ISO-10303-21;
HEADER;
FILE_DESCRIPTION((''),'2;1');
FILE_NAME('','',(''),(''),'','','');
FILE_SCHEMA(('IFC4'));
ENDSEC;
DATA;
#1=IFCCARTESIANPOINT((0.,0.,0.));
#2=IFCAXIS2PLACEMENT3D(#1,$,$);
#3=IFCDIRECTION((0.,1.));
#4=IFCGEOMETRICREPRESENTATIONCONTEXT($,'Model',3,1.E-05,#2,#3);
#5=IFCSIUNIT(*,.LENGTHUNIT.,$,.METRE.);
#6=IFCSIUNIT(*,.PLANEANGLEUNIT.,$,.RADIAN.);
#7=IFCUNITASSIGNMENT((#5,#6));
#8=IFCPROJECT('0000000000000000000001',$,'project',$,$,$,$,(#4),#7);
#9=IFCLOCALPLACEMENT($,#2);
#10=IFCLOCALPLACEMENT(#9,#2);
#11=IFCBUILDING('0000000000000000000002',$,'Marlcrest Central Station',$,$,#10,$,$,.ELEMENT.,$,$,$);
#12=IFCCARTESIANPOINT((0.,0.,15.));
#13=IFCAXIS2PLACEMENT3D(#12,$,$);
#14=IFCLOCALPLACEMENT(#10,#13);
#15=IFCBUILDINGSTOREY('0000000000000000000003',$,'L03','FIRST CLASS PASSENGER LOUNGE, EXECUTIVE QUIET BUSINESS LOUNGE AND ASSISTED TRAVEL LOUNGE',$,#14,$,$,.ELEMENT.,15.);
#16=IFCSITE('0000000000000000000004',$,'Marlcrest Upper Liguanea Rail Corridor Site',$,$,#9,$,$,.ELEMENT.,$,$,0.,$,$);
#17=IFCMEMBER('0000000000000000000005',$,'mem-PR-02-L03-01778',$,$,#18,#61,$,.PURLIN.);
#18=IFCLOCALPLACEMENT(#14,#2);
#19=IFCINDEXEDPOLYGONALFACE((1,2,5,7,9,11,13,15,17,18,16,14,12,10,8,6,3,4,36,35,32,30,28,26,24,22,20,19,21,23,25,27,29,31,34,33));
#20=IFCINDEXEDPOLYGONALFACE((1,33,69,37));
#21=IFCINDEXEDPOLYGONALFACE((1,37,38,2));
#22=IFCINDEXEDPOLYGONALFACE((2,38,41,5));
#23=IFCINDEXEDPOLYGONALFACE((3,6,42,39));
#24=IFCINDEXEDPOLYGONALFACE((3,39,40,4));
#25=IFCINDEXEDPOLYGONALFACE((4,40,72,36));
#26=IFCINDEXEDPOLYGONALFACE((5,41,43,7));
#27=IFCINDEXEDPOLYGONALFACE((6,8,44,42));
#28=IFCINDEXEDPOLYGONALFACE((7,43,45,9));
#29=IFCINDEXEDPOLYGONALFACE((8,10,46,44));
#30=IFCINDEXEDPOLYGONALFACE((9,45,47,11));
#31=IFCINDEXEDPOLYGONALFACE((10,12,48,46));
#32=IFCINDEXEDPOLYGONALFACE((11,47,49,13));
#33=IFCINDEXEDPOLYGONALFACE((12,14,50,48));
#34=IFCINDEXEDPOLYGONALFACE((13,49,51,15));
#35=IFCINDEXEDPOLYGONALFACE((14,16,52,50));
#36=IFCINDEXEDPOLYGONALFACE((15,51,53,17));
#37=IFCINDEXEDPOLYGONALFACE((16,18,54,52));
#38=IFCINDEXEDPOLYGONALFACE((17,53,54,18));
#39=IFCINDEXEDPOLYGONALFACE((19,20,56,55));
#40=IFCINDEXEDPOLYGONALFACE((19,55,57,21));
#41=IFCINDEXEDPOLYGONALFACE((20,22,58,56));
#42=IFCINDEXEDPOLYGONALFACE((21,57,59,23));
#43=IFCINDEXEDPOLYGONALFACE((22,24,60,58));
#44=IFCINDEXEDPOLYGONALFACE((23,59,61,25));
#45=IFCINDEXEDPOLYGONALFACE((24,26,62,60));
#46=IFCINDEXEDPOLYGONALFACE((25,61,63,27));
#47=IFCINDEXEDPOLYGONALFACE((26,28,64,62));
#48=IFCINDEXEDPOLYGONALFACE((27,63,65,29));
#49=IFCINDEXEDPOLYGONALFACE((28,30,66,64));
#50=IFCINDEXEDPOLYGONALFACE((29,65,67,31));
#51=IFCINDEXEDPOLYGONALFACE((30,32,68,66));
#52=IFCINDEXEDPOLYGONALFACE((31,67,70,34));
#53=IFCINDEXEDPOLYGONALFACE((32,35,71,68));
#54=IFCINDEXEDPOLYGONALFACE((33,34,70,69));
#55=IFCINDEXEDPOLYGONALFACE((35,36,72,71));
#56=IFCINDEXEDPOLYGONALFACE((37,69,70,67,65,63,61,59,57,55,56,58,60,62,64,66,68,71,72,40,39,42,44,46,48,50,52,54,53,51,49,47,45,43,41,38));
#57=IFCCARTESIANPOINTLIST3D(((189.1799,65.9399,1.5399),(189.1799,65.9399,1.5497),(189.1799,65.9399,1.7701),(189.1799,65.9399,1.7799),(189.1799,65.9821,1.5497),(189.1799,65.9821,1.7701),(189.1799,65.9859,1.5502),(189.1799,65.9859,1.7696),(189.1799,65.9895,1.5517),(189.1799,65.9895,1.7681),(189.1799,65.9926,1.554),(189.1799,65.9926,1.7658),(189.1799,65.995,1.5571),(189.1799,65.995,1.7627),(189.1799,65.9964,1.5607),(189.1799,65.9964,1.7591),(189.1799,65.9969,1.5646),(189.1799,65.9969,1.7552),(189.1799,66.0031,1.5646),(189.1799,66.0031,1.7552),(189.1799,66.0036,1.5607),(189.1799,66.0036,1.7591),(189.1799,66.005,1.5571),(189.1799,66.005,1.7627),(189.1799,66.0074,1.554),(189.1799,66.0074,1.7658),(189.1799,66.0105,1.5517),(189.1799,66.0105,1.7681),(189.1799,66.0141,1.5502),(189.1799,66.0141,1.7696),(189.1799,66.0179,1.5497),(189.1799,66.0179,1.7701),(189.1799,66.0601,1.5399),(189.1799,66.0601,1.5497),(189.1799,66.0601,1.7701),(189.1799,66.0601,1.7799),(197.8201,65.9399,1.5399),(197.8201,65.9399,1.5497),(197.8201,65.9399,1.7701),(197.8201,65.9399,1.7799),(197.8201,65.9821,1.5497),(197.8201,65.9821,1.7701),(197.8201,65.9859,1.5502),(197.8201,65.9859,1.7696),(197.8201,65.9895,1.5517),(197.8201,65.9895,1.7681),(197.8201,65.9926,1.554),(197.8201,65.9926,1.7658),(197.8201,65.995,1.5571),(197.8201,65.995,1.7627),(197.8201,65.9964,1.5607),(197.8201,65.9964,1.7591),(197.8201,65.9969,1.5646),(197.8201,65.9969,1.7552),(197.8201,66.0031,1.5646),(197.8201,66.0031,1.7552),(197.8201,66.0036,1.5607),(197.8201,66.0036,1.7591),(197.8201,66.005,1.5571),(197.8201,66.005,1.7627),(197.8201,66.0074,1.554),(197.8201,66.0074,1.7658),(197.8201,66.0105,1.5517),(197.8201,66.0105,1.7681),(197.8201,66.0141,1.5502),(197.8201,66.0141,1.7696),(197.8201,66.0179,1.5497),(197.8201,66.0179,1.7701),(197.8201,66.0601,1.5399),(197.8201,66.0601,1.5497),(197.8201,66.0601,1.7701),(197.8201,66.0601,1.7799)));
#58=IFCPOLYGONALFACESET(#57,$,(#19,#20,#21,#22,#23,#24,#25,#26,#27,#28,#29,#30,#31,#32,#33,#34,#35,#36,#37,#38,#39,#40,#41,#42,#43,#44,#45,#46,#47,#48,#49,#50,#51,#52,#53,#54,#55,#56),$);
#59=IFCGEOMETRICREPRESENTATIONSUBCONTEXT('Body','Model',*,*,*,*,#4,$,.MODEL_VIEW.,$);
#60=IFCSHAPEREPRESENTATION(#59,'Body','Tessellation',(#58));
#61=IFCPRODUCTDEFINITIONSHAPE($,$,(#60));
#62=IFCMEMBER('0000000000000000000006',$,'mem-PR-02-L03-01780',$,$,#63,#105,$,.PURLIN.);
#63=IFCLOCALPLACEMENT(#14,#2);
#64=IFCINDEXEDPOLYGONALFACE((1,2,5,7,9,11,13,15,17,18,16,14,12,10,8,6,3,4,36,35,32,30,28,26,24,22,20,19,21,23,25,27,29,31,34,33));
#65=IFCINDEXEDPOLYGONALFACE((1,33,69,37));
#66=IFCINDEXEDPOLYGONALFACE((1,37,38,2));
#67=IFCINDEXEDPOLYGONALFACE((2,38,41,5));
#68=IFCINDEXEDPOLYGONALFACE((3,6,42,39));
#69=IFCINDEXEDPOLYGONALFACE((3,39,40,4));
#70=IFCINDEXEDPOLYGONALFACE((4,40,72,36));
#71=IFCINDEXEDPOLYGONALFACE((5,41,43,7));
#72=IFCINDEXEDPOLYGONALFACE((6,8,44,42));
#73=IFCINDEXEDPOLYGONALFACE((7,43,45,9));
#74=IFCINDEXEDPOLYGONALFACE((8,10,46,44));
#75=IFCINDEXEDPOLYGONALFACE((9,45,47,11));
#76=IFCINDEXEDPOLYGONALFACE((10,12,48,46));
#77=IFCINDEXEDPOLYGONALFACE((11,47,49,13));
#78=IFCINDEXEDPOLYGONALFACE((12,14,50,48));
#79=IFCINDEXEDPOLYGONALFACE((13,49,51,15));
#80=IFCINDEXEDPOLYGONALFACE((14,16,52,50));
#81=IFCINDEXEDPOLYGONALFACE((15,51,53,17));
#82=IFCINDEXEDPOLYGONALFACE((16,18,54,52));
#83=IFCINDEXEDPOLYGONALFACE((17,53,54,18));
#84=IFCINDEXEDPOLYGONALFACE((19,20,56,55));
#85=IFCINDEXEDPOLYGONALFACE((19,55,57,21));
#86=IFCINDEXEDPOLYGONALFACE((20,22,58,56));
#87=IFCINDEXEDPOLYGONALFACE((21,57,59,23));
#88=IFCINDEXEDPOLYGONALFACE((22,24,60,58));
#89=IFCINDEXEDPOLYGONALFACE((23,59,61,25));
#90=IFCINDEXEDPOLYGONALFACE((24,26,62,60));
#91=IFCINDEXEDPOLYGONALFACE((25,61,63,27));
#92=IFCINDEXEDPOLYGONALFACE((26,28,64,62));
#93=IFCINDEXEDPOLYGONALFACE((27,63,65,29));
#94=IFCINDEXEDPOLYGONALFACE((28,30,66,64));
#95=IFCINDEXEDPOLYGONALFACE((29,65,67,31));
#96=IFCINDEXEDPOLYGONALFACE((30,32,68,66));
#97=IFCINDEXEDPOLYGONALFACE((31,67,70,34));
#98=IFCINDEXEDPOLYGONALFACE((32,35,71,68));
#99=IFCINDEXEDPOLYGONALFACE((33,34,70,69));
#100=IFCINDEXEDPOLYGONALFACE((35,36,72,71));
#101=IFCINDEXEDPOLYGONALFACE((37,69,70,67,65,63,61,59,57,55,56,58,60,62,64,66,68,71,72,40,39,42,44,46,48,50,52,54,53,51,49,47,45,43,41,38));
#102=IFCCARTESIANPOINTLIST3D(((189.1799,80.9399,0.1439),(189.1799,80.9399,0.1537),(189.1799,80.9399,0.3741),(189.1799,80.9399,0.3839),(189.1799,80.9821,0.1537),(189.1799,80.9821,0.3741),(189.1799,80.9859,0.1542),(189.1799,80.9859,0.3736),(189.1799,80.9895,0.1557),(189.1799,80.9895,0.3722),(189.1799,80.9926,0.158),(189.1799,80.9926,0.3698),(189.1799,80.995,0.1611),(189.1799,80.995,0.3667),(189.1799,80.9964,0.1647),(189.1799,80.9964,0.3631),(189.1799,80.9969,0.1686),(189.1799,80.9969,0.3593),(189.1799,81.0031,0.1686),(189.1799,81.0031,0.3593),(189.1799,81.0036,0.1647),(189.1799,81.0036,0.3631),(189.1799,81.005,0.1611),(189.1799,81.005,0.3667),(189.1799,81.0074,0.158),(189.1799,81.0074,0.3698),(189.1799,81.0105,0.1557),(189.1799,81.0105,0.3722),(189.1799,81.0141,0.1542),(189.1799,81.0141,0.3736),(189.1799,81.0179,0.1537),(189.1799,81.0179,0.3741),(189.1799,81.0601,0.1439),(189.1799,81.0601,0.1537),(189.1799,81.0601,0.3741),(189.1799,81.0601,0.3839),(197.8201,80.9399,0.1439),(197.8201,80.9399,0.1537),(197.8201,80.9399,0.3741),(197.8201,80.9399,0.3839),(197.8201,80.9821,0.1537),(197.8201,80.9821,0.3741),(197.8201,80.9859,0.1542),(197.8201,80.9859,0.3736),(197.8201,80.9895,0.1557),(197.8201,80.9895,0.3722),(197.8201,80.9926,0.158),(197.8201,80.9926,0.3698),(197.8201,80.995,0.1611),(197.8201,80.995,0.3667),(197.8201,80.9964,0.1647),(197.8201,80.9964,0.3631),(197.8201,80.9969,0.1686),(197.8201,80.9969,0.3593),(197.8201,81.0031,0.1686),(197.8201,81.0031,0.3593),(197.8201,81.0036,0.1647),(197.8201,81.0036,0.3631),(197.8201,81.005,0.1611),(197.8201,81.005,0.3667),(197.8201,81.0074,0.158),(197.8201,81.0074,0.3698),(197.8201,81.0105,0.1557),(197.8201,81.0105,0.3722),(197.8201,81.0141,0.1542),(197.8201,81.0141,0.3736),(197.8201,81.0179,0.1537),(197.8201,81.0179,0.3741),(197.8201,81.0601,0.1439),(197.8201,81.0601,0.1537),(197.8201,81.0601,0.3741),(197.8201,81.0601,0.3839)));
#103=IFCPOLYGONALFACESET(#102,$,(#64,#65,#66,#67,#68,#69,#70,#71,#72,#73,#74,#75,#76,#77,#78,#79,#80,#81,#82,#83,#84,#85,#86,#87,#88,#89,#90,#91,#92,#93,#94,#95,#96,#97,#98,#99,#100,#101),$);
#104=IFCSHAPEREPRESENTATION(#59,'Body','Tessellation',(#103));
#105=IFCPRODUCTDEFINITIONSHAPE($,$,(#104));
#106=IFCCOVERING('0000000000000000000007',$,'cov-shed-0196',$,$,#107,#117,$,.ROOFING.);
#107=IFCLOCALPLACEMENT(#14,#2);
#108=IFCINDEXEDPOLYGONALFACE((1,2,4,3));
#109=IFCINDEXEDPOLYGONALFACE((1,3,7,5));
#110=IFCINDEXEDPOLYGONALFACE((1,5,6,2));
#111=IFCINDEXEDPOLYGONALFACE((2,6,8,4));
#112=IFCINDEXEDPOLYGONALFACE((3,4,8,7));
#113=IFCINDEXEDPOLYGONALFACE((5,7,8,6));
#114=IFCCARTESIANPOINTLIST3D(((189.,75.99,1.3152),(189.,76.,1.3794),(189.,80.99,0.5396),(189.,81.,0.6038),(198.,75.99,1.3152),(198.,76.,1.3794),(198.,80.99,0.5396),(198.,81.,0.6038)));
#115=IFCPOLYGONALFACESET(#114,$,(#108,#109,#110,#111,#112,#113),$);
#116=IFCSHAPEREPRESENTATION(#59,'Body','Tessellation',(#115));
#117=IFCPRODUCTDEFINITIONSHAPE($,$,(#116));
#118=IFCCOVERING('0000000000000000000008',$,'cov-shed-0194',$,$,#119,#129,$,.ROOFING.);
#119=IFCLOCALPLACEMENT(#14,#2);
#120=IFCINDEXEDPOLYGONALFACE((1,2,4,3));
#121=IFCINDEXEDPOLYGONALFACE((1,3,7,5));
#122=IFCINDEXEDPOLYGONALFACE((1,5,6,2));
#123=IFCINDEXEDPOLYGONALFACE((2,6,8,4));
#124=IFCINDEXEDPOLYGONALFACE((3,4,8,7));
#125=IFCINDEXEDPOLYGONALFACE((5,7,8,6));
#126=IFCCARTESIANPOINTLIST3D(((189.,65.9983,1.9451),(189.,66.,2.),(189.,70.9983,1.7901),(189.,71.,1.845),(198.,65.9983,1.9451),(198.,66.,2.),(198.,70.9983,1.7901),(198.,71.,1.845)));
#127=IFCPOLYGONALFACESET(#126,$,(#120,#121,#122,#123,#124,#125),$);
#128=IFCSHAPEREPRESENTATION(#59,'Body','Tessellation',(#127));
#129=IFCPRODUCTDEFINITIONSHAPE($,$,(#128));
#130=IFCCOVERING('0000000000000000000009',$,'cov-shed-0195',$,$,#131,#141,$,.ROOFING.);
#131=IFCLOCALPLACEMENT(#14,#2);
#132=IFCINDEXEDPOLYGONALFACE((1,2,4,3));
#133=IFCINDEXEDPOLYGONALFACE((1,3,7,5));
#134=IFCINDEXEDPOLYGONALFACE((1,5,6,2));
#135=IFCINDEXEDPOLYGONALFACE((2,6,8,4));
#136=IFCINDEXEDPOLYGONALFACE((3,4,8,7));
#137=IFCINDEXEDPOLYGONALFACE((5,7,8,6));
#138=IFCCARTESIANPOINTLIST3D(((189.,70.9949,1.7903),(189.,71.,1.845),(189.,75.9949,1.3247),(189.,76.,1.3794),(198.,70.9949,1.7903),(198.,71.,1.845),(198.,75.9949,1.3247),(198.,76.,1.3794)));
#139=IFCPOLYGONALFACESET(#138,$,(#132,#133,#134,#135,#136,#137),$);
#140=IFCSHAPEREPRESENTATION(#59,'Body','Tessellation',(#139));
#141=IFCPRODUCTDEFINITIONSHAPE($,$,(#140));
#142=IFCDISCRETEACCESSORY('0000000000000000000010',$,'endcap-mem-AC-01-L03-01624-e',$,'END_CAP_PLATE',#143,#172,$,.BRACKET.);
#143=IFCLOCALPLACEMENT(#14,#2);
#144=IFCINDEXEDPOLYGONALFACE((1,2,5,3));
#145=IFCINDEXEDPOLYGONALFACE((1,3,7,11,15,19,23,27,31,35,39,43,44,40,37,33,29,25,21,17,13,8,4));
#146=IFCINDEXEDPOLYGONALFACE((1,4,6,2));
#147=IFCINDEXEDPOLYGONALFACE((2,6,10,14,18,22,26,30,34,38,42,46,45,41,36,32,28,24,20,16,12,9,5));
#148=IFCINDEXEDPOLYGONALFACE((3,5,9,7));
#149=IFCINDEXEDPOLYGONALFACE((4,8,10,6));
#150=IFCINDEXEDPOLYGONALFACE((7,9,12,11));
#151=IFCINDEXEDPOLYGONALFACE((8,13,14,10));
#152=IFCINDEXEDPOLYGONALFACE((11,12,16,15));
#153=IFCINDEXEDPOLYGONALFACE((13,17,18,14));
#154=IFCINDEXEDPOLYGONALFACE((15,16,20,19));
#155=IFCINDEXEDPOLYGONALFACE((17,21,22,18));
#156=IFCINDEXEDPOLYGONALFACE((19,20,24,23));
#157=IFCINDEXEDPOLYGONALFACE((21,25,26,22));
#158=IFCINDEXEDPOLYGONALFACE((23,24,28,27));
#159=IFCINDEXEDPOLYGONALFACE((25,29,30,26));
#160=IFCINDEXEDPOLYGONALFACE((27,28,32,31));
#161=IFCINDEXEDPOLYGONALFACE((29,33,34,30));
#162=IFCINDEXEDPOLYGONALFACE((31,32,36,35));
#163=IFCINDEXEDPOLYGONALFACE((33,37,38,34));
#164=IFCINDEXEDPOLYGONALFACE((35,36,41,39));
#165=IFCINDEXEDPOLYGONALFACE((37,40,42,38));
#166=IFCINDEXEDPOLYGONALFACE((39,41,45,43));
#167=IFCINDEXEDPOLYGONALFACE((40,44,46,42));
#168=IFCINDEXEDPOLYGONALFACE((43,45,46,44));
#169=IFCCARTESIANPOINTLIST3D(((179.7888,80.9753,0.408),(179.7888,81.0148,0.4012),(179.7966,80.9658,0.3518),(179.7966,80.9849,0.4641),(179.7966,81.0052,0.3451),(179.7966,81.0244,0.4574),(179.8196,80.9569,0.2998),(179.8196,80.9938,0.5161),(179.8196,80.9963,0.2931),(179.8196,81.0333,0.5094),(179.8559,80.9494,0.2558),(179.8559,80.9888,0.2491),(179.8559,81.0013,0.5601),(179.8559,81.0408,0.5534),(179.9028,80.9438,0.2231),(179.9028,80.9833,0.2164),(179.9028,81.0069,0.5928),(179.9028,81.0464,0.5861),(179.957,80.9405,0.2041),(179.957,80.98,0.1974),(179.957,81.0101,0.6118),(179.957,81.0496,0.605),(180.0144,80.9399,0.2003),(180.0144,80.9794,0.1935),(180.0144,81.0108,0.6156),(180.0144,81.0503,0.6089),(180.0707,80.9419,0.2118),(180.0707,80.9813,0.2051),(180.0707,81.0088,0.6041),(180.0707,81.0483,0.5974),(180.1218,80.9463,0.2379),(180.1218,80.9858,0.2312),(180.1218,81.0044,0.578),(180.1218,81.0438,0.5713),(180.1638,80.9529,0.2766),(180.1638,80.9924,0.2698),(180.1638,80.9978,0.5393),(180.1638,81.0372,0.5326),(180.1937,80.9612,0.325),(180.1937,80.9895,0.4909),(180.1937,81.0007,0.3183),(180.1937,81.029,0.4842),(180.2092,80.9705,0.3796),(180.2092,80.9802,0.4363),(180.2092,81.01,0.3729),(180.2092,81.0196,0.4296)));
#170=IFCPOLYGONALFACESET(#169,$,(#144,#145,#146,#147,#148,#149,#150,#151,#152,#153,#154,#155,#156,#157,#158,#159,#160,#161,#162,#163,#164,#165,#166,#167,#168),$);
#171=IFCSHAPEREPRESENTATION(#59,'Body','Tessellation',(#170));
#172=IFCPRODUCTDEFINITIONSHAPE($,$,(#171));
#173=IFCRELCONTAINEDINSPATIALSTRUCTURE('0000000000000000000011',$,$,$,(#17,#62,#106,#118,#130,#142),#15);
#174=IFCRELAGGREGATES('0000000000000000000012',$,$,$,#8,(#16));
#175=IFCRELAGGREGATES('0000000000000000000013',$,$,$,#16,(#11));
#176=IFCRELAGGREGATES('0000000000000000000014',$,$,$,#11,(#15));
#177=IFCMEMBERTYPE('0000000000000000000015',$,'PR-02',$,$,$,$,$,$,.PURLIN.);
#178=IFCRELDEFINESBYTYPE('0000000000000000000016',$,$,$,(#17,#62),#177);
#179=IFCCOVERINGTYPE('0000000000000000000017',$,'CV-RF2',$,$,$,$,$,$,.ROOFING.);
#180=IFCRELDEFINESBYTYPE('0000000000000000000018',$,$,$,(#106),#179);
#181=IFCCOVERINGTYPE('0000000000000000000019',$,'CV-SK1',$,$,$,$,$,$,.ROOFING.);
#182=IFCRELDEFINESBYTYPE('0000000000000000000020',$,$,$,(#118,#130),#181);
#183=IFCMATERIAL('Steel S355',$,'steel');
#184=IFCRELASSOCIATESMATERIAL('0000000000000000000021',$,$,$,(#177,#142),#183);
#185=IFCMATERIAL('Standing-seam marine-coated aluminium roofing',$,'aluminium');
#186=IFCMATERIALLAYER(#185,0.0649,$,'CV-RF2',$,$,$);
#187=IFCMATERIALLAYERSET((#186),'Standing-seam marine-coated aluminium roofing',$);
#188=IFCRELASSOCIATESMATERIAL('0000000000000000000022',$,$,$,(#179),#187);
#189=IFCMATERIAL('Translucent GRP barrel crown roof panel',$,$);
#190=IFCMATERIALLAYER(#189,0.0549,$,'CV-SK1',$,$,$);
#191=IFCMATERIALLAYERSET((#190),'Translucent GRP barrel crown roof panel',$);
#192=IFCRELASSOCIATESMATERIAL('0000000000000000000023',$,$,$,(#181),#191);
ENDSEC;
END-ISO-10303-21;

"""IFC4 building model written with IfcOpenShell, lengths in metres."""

from ifc_helpers import new_model, si_unit, direction, frame, origin, origin_2d, place, context, subcontext, project, spatial, polyline, circle, i_section, outline, extrude, material, layer, layer_set, material_profile, profile_set, type_object, element, save


model = new_model("IFC4")

# Units and contexts
model_context = context("Model", 3, precision=1e-05, world=origin(), true_north=direction((0.0, 1.0)))
body_context = subcontext(model_context, "Body", "Model", "MODEL_VIEW")
ifc_project = project(units=[si_unit("LENGTHUNIT", "METRE"), si_unit("PLANEANGLEUNIT", "RADIAN")], contexts=[model_context])

# Site, building, storey
site_placement = place(None, origin())
site = spatial("IfcSite", under=ifc_project, at=site_placement, Name="Marlcrest Upper Liguanea Rail Corridor Site", CompositionType="ELEMENT", RefElevation=0.0)
building_placement = place(site_placement, origin())
building = spatial("IfcBuilding", under=site, at=building_placement, Name="Marlcrest Central Station", CompositionType="ELEMENT")
storey_placement = place(building_placement, frame((0.0, 0.0, 15.0)))
storey = spatial("IfcBuildingStorey", under=building, at=storey_placement, Name="L03", Description="FIRST CLASS PASSENGER LOUNGE, EXECUTIVE QUIET BUSINESS LOUNGE AND ASSISTED TRAVEL LOUNGE", CompositionType="ELEMENT", Elevation=15.0)

# Members
ifc_material_1 = material(Name="Steel S355", Category="steel")
ifc_material_profile_1 = material_profile(ifc_material_1, i_section(OverallWidth=0.1201, OverallDepth=0.24, WebThickness=0.0061, FlangeThickness=0.0098, FilletRadius=0.0149, at=origin_2d()), Name="IPE 240")
ifc_profile_set_1 = profile_set([ifc_material_profile_1], Name="Steel S355")
member_type_1 = type_object("IfcMemberType", Name="PR-02", PredefinedType="PURLIN", material=ifc_profile_set_1)
for number, where, z_axis, x_axis, name in (
    (1, (189.1799, 66.0, 1.6599), (1.0, 0.0, 0.0), (0.0, 1.0, 0.0), "mem-PR-02-L03-01778"),
    (2, (189.1799, 81.0, 0.2639), (1.0, 0.0, 0.0), (0.0, 1.0, 0.0), "mem-PR-02-L03-01780"),
):
    element("IfcMember", number, at=place(storey_placement, frame(where, z_axis=z_axis, x_axis=x_axis)), inside=storey, type_object=member_type_1, Name=name, PredefinedType="PURLIN", context=body_context, shape_type="SweptSolid", body=[
        extrude(i_section(OverallWidth=0.1201, OverallDepth=0.24, WebThickness=0.0061, FlangeThickness=0.0098, FilletRadius=0.0149, at=origin_2d()), origin(), (0.0, 0.0, 1.0), 8.6401),
    ])

# Coverings
ifc_material_2 = material(Name="Standing-seam marine-coated aluminium roofing", Category="aluminium")
ifc_layer_1 = layer(ifc_material_2, 0.0649, Name="CV-RF2")
ifc_layer_set_1 = layer_set([ifc_layer_1], Name="Standing-seam marine-coated aluminium roofing")
covering_type_1 = type_object("IfcCoveringType", Name="CV-RF2", PredefinedType="ROOFING", material=ifc_layer_set_1)
covering_1_placement = place(storey_placement, frame((189.0, 76.0, 1.3794), z_axis=(0.0, 0.153293, 0.988181), x_axis=(1.0, 0.0, 0.0)))
element("IfcCovering", 3, at=covering_1_placement, inside=storey, type_object=covering_type_1, Name="cov-shed-0196", PredefinedType="ROOFING", context=body_context, shape_type="SweptSolid", body=[
    extrude(outline(polyline([(0.0, 0.0), (9.0, 0.0), (9.0, 5.0598), (0.0, 5.0598), (0.0, 0.0)])), origin(), (0.0, 0.0, -1.0), 0.0649),
])
ifc_material_3 = material(Name="Translucent GRP barrel crown roof panel")
ifc_layer_2 = layer(ifc_material_3, 0.0549, Name="CV-SK1")
ifc_layer_set_2 = layer_set([ifc_layer_2], Name="Translucent GRP barrel crown roof panel")
covering_type_2 = type_object("IfcCoveringType", Name="CV-SK1", PredefinedType="ROOFING", material=ifc_layer_set_2)
covering_2_placement = place(storey_placement, frame((189.0, 66.0, 2.0), z_axis=(0.0, 0.030991, 0.99952), x_axis=(1.0, 0.0, 0.0)))
element("IfcCovering", 4, at=covering_2_placement, inside=storey, type_object=covering_type_2, Name="cov-shed-0194", PredefinedType="ROOFING", context=body_context, shape_type="SweptSolid", body=[
    extrude(outline(polyline([(0.0, 0.0), (9.0, 0.0), (9.0, 5.0024), (0.0, 5.0024), (0.0, 0.0)])), origin(), (0.0, 0.0, -1.0), 0.0549),
])
covering_3_placement = place(storey_placement, frame((189.0, 71.0, 1.845), z_axis=(0.0, 0.092714, 0.995693), x_axis=(1.0, 0.0, 0.0)))
element("IfcCovering", 5, at=covering_3_placement, inside=storey, type_object=covering_type_2, Name="cov-shed-0195", PredefinedType="ROOFING", context=body_context, shape_type="SweptSolid", body=[
    extrude(outline(polyline([(0.0, 0.0), (9.0, 0.0), (9.0, 5.0216), (0.0, 5.0216), (0.0, 0.0)])), origin(), (0.0, 0.0, -1.0), 0.0549),
])

# Discrete accessory
for number, where, z_axis, x_axis, name in (
    (6, (180.0, 80.9753, 0.408), (0.0, 0.985741, -0.168269), (-1.0, 0.0, 0.0), "endcap-mem-AC-01-L03-01624-e"),
):
    element("IfcDiscreteAccessory", number, at=place(storey_placement, frame(where, z_axis=z_axis, x_axis=x_axis)), inside=storey, material=ifc_material_1, Name=name, ObjectType="END_CAP_PLATE", PredefinedType="BRACKET", context=body_context, shape_type="SweptSolid", body=[
        extrude(circle(Radius=0.2112, at=origin_2d()), origin(), (0.0, 0.0, 1.0), 0.04),
    ])

save(model, "model.ifc")
